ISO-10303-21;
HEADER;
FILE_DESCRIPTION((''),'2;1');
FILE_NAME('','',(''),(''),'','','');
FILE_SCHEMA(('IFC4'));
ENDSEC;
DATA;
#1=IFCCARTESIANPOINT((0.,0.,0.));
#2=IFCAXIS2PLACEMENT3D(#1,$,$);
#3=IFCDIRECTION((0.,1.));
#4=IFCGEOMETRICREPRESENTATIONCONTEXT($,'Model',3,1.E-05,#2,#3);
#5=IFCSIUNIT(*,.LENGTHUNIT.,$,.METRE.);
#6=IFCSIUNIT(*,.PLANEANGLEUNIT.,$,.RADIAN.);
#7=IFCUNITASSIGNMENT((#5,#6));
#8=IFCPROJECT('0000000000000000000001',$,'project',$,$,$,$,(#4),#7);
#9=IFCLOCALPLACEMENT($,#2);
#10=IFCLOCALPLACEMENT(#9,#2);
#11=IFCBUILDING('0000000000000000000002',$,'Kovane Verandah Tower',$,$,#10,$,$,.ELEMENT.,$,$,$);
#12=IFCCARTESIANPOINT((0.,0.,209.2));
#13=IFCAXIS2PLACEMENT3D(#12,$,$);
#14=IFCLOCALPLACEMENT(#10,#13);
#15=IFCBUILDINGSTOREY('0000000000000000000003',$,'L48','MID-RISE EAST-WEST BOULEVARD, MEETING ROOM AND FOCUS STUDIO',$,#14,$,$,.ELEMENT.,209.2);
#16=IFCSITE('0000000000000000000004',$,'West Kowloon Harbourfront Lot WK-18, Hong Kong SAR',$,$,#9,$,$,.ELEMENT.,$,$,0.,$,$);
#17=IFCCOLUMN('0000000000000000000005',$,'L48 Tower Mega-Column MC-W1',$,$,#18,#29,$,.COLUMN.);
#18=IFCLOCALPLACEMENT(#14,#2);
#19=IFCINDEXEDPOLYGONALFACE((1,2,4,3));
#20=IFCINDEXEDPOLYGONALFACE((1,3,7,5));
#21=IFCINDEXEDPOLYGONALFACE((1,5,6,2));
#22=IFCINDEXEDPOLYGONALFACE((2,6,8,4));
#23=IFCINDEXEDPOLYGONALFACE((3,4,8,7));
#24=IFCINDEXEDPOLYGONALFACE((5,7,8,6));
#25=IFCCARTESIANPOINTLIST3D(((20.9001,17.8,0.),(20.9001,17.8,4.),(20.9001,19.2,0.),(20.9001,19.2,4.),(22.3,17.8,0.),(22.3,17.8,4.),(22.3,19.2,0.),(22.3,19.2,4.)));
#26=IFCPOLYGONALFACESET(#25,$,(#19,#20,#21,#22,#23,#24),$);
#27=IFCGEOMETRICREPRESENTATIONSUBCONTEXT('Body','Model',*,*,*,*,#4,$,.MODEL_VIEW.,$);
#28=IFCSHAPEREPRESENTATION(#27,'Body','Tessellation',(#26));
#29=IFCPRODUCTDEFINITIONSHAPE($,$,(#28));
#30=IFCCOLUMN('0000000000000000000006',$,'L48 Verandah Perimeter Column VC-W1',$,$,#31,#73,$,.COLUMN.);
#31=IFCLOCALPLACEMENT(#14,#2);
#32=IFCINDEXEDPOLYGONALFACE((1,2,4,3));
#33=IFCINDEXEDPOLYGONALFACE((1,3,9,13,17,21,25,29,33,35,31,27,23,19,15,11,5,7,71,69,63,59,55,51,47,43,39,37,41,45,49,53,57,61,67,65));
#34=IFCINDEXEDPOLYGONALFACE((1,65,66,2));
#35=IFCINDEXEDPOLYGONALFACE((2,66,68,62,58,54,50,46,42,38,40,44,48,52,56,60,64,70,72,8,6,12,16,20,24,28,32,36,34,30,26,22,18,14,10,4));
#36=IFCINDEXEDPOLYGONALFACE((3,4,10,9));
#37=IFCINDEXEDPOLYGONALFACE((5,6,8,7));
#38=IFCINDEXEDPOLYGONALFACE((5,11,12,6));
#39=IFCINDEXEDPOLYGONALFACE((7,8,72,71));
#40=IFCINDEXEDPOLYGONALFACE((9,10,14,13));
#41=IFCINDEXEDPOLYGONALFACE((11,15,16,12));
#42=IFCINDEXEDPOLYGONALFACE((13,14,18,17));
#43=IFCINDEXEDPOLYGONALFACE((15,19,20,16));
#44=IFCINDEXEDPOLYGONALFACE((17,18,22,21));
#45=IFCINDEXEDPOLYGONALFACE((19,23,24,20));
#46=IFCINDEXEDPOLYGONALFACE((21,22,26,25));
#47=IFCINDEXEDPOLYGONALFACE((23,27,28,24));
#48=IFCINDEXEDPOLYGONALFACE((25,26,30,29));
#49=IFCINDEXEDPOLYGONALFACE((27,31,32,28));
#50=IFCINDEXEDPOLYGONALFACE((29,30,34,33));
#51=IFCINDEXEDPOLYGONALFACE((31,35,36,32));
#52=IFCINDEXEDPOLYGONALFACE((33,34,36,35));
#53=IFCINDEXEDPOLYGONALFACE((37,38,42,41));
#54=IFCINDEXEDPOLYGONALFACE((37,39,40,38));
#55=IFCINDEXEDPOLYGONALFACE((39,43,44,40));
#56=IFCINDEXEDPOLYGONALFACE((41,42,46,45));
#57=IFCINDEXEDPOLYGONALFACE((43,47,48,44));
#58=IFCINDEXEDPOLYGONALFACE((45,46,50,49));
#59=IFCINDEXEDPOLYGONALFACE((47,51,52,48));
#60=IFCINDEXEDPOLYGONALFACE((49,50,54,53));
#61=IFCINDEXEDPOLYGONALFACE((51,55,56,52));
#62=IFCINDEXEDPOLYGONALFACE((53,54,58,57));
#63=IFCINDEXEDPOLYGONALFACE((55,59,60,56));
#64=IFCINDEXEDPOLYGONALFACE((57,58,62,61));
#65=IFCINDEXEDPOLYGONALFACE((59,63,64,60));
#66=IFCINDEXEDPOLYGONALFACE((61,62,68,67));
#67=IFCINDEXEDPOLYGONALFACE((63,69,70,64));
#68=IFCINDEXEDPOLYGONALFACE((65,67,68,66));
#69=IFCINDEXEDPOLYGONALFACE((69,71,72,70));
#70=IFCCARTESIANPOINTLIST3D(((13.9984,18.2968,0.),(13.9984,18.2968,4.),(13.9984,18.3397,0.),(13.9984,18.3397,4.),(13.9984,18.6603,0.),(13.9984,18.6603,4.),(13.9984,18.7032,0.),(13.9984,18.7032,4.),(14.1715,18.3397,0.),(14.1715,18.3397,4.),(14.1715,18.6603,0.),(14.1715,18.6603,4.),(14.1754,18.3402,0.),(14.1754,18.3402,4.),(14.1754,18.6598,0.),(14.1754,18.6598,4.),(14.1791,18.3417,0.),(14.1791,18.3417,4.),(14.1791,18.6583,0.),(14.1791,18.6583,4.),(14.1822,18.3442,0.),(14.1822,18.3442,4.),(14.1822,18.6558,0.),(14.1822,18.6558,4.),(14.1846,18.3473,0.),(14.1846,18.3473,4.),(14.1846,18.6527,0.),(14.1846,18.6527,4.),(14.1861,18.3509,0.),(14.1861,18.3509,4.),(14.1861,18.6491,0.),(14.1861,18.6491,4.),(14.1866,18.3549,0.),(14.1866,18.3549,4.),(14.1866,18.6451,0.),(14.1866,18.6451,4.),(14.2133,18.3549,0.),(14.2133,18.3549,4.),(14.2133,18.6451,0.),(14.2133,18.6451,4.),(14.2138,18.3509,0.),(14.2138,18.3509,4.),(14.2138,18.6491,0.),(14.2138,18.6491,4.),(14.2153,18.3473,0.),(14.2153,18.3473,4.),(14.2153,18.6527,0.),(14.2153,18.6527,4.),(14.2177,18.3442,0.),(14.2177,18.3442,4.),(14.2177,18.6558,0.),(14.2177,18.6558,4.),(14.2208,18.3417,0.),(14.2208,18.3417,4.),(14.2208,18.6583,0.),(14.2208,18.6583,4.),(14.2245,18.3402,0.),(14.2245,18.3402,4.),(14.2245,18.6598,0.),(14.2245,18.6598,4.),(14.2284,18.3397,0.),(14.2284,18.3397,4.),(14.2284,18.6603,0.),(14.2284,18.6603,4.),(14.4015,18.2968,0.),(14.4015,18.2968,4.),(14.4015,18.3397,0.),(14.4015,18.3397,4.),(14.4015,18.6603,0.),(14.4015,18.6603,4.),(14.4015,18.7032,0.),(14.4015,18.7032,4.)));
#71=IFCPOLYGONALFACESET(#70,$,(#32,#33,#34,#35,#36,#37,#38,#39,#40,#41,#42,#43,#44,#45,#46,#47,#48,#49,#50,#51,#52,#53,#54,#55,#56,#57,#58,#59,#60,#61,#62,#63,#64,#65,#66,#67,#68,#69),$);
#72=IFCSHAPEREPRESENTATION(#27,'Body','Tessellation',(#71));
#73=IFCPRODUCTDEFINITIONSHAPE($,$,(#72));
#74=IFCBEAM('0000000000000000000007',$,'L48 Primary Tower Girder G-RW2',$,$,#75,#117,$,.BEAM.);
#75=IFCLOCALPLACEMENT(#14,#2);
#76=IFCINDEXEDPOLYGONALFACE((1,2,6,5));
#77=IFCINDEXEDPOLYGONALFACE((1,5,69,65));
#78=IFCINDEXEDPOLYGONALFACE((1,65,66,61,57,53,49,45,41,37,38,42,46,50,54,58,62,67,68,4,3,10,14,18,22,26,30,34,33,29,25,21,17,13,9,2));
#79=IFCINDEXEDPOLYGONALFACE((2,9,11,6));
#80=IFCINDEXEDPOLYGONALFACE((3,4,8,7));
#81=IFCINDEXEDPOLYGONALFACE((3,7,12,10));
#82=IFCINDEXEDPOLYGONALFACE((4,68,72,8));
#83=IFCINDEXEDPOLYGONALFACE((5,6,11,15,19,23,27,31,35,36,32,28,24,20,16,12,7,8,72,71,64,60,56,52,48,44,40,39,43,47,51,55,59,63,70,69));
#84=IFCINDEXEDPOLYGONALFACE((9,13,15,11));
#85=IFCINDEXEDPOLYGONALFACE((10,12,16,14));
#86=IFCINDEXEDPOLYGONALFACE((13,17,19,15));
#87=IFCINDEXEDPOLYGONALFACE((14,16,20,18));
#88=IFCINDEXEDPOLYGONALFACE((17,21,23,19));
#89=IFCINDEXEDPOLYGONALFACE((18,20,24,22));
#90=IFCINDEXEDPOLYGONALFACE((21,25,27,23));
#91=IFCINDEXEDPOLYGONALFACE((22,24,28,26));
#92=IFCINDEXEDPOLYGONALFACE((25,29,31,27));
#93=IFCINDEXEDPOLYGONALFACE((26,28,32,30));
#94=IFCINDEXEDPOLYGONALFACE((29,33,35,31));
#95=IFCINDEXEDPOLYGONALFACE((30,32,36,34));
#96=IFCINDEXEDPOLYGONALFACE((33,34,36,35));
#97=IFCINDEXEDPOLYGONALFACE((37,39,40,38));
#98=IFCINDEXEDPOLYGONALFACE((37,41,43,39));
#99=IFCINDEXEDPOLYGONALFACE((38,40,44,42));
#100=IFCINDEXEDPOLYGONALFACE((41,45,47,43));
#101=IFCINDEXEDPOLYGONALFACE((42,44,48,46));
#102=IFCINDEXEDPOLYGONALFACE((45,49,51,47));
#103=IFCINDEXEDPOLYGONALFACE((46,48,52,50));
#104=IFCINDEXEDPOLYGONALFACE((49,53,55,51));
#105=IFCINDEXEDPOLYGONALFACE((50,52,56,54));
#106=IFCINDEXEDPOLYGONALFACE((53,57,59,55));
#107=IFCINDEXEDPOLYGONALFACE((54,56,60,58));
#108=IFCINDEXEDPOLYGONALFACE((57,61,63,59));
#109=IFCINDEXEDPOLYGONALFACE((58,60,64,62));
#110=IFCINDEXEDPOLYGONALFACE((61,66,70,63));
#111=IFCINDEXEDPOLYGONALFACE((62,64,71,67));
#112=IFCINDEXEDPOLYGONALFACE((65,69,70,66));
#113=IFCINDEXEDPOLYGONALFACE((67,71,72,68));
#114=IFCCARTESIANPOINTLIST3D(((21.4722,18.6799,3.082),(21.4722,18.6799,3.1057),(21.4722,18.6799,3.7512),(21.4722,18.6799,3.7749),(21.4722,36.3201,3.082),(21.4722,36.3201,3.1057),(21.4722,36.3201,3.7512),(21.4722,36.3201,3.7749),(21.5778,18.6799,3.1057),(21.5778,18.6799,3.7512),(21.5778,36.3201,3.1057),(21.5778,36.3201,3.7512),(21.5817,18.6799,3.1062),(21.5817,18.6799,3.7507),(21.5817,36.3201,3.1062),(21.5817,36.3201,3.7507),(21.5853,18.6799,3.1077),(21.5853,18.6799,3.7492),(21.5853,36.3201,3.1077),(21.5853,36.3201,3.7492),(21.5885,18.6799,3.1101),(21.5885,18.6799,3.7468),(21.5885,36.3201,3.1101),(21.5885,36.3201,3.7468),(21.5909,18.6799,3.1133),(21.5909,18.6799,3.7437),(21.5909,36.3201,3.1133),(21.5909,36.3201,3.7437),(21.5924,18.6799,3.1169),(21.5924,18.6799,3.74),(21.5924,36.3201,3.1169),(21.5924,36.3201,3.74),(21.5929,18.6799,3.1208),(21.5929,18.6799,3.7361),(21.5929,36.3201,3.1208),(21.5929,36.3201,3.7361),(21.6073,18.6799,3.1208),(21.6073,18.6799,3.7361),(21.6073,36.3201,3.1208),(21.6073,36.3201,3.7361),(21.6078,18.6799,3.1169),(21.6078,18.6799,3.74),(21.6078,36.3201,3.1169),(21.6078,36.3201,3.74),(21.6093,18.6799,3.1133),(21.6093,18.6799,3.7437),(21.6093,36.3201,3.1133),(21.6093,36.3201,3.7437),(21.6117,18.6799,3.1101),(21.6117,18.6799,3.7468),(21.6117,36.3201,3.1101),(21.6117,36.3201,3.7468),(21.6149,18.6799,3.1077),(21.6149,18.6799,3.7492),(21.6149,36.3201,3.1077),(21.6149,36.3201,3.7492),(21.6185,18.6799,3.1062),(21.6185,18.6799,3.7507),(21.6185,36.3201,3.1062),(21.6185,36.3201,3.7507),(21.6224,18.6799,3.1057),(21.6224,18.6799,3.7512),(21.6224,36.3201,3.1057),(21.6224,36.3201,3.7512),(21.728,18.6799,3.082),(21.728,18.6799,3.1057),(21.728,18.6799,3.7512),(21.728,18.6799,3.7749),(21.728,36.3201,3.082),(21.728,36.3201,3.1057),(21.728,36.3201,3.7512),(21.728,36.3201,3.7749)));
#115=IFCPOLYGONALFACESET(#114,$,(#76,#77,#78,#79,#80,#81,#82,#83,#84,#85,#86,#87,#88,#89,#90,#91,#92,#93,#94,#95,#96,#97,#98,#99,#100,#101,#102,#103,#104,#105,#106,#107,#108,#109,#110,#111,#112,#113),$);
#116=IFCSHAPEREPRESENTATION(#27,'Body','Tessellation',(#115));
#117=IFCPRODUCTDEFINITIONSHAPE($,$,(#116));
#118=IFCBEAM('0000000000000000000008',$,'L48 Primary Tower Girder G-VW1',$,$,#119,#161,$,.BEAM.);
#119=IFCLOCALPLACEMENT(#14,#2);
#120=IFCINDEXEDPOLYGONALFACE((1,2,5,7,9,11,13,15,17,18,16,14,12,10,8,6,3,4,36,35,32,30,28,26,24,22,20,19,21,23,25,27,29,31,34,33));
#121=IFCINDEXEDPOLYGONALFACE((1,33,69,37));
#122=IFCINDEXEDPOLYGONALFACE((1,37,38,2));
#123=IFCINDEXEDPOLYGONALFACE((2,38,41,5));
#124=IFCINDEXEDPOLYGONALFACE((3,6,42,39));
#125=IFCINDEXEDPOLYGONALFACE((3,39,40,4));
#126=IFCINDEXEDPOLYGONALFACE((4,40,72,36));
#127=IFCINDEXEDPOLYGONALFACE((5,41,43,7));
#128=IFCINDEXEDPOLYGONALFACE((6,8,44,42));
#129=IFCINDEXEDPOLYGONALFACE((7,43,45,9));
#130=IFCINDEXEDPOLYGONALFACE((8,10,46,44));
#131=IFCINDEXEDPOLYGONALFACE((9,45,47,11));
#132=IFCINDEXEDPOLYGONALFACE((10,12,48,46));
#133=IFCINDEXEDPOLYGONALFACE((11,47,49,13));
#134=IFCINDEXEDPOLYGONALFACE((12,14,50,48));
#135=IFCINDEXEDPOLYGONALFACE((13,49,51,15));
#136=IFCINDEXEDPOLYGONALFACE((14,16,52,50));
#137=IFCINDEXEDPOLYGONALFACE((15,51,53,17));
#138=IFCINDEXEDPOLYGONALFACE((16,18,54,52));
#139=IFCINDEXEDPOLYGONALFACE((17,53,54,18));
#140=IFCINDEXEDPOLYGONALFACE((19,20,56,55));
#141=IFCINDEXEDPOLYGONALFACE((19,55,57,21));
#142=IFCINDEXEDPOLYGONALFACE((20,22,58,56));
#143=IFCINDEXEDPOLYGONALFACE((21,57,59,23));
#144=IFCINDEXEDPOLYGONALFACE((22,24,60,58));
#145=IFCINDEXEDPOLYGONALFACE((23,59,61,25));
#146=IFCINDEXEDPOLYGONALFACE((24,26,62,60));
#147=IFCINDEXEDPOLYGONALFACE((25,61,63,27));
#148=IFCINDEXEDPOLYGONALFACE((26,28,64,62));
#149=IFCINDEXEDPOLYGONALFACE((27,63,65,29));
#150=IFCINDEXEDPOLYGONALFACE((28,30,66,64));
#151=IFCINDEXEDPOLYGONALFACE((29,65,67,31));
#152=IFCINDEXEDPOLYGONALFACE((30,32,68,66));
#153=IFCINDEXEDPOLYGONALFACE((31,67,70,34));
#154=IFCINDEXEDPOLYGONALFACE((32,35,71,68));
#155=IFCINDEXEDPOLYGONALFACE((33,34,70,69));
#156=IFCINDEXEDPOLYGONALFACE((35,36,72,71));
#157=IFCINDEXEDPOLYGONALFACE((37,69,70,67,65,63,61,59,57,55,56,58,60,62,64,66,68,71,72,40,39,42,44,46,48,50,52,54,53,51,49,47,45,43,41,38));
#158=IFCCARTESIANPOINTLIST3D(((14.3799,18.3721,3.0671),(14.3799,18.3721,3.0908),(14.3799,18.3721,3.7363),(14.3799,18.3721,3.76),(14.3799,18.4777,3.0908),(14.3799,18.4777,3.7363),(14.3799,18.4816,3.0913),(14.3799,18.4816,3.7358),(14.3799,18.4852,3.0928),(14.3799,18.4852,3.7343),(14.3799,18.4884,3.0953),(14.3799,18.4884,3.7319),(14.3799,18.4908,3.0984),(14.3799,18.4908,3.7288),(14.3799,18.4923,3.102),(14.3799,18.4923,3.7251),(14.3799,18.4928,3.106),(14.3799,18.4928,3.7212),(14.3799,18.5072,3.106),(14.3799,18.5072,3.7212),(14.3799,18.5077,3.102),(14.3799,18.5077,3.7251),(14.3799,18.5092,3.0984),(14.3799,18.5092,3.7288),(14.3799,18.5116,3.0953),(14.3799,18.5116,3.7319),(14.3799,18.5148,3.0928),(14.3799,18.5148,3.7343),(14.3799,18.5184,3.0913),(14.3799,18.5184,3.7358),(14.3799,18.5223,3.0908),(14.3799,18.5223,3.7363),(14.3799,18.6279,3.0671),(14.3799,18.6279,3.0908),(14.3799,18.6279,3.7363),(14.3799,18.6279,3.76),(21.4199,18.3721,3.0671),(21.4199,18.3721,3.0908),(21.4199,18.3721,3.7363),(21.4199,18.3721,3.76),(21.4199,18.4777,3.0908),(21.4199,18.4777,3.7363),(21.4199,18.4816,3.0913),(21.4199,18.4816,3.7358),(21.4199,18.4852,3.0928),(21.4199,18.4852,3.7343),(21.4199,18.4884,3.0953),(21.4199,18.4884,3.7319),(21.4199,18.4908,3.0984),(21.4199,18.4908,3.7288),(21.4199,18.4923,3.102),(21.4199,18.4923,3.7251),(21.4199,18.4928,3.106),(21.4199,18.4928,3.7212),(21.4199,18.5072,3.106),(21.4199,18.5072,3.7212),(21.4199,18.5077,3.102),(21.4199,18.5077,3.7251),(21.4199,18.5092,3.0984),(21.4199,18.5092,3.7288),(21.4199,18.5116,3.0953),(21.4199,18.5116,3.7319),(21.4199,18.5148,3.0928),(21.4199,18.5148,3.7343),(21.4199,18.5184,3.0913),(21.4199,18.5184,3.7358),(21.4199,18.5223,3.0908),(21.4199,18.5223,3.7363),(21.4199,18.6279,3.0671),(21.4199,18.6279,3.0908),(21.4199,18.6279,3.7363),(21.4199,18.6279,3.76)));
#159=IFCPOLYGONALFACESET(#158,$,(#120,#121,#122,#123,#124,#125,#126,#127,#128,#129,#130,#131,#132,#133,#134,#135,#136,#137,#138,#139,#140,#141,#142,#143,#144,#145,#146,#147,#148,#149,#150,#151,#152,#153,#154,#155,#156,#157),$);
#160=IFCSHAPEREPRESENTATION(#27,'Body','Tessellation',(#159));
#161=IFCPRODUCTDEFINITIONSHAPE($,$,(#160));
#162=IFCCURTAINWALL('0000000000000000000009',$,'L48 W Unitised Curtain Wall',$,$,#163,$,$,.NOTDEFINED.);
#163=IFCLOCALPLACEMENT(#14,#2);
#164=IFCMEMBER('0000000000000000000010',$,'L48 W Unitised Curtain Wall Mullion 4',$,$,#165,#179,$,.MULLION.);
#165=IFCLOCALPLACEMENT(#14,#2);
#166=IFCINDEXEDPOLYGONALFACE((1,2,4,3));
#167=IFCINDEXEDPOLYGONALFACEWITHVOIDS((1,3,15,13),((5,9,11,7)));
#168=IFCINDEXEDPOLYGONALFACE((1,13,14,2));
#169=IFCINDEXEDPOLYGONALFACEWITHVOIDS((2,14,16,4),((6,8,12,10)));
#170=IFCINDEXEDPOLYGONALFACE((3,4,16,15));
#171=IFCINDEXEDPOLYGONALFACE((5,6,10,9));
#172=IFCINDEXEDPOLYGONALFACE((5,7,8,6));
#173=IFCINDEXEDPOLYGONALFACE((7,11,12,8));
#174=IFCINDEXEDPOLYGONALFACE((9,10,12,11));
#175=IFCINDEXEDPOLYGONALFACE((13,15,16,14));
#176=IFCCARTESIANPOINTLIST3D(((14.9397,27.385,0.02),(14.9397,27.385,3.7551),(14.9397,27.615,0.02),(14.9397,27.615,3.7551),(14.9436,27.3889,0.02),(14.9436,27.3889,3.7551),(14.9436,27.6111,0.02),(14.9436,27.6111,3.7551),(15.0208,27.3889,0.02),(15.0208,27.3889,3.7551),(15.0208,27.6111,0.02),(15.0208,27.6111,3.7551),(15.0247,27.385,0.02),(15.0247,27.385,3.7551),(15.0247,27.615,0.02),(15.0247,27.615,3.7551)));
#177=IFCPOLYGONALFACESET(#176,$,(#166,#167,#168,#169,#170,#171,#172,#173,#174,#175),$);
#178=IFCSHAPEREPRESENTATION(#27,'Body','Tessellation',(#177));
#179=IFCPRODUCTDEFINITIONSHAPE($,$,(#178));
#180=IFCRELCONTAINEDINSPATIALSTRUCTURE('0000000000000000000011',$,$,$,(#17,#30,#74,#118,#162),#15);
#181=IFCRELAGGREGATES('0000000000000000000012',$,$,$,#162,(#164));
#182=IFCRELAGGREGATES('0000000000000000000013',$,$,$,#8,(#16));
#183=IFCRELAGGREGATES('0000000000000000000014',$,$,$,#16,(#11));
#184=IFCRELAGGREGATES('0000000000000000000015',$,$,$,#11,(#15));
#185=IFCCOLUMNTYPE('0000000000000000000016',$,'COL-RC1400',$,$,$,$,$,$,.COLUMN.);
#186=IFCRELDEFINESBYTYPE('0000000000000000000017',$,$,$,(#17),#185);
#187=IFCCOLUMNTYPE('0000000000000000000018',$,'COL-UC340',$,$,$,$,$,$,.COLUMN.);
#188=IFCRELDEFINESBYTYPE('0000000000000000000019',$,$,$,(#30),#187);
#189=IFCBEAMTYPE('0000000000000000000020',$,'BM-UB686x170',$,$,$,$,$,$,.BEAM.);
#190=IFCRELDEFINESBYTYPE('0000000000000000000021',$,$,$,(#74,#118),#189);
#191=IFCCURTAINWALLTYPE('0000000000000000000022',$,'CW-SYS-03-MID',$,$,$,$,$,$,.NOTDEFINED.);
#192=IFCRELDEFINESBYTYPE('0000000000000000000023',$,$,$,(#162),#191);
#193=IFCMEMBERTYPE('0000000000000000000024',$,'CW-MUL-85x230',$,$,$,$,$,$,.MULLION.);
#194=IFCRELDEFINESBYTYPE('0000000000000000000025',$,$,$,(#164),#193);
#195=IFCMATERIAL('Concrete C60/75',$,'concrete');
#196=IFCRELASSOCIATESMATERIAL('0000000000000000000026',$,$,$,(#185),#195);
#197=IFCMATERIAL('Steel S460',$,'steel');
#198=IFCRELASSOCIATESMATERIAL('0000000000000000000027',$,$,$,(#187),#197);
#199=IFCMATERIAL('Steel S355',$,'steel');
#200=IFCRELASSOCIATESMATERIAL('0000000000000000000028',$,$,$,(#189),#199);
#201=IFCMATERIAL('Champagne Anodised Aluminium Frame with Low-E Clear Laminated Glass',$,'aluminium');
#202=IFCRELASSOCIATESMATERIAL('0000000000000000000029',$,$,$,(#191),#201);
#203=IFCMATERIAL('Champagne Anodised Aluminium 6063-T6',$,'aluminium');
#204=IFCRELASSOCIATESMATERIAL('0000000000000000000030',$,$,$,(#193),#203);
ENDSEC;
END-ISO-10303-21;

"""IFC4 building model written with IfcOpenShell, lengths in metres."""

from ifc_helpers import new_model, si_unit, direction, frame, origin, origin_2d, place, context, subcontext, project, spatial, rectangle, hollow_rectangle, i_section, extrude, material, material_profile, profile_set, type_object, element, aggregate, save


model = new_model("IFC4")

# Units and contexts
model_context = context("Model", 3, precision=1e-05, world=origin(), true_north=direction((0.0, 1.0)))
body_context = subcontext(model_context, "Body", "Model", "MODEL_VIEW")
ifc_project = project(units=[si_unit("LENGTHUNIT", "METRE"), si_unit("PLANEANGLEUNIT", "RADIAN")], contexts=[model_context])

# Site, building, storey
site_placement = place(None, origin())
site = spatial("IfcSite", under=ifc_project, at=site_placement, Name="West Kowloon Harbourfront Lot WK-18, Hong Kong SAR", CompositionType="ELEMENT", RefElevation=0.0)
building_placement = place(site_placement, origin())
building = spatial("IfcBuilding", under=site, at=building_placement, Name="Kovane Verandah Tower", CompositionType="ELEMENT")
storey_placement = place(building_placement, frame((0.0, 0.0, 209.2)))
storey = spatial("IfcBuildingStorey", under=building, at=storey_placement, Name="L48", Description="MID-RISE EAST-WEST BOULEVARD, MEETING ROOM AND FOCUS STUDIO", CompositionType="ELEMENT", Elevation=209.2)

# Columns
ifc_material_1 = material(Name="Concrete C60/75", Category="concrete")
ifc_material_profile_1 = material_profile(ifc_material_1, rectangle(XDim=1.3999, YDim=1.3999, at=origin_2d()), Name="RC1400x1400")
ifc_profile_set_1 = profile_set([ifc_material_profile_1], Name="Concrete C60/75")
column_type_1 = type_object("IfcColumnType", Name="COL-RC1400", PredefinedType="COLUMN", material=ifc_profile_set_1)
column_1_placement = place(storey_placement, frame((21.6001, 18.5, 0.0), z_axis=(0.0, 0.0, 1.0), x_axis=(1.0, 0.0, 0.0)))
element("IfcColumn", 1, at=column_1_placement, inside=storey, type_object=column_type_1, Name="L48 Tower Mega-Column MC-W1", PredefinedType="COLUMN", context=body_context, shape_type="SweptSolid", body=[
    extrude(rectangle(XDim=1.3999, YDim=1.3999, at=origin_2d()), origin(), (0.0, 0.0, 1.0), 4.0),
])
ifc_material_2 = material(Name="Steel S460", Category="steel")
ifc_material_profile_2 = material_profile(ifc_material_2, i_section(OverallWidth=0.4031, OverallDepth=0.4065, WebThickness=0.0266, FlangeThickness=0.043, FilletRadius=0.0151, at=origin_2d()), Name="UC356x406x340")
ifc_profile_set_2 = profile_set([ifc_material_profile_2], Name="Steel S460")
column_type_2 = type_object("IfcColumnType", Name="COL-UC340", PredefinedType="COLUMN", material=ifc_profile_set_2)
column_2_placement = place(storey_placement, frame((14.2, 18.5, 0.0), z_axis=(0.0, 0.0, 1.0), x_axis=(1.0, 0.0, 0.0)))
element("IfcColumn", 2, at=column_2_placement, inside=storey, type_object=column_type_2, Name="L48 Verandah Perimeter Column VC-W1", PredefinedType="COLUMN", context=body_context, shape_type="SweptSolid", body=[
    extrude(i_section(OverallWidth=0.4031, OverallDepth=0.4065, WebThickness=0.0266, FlangeThickness=0.043, FilletRadius=0.0151, at=origin_2d()), origin(), (0.0, 0.0, 1.0), 4.0),
])

# Beams
ifc_material_3 = material(Name="Steel S355", Category="steel")
ifc_material_profile_3 = material_profile(ifc_material_3, i_section(OverallWidth=0.2559, OverallDepth=0.6929, WebThickness=0.0144, FlangeThickness=0.0237, FilletRadius=0.0151, at=origin_2d()), Name="UB686x254x170")
ifc_profile_set_3 = profile_set([ifc_material_profile_3], Name="Steel S355")
beam_type_1 = type_object("IfcBeamType", Name="BM-UB686x170", PredefinedType="BEAM", material=ifc_profile_set_3)
beam_1_placement = place(storey_placement, frame((21.6001, 18.6799, 3.4285), z_axis=(0.0, 1.0, 0.0), x_axis=(-1.0, 0.0, 0.0)))
element("IfcBeam", 3, at=beam_1_placement, inside=storey, type_object=beam_type_1, Name="L48 Primary Tower Girder G-RW2", PredefinedType="BEAM", context=body_context, shape_type="SweptSolid", body=[
    extrude(i_section(OverallWidth=0.2559, OverallDepth=0.6929, WebThickness=0.0144, FlangeThickness=0.0237, FilletRadius=0.0151, at=origin_2d()), origin(), (0.0, 0.0, 1.0), 17.6401),
])
beam_2_placement = place(storey_placement, frame((21.4199, 18.5, 3.4136), z_axis=(-1.0, 0.0, 0.0), x_axis=(0.0, -1.0, 0.0)))
element("IfcBeam", 4, at=beam_2_placement, inside=storey, type_object=beam_type_1, Name="L48 Primary Tower Girder G-VW1", PredefinedType="BEAM", context=body_context, shape_type="SweptSolid", body=[
    extrude(i_section(OverallWidth=0.2559, OverallDepth=0.6929, WebThickness=0.0144, FlangeThickness=0.0237, FilletRadius=0.0151, at=origin_2d()), origin(), (0.0, 0.0, 1.0), 7.04),
])

# Curtain wall, member
ifc_material_4 = material(Name="Champagne Anodised Aluminium Frame with Low-E Clear Laminated Glass", Category="aluminium")
curtain_wall_type = type_object("IfcCurtainWallType", Name="CW-SYS-03-MID", PredefinedType="NOTDEFINED", material=ifc_material_4)
curtain_wall_placement = place(storey_placement, origin())
curtain_wall = element("IfcCurtainWall", 5, at=curtain_wall_placement, inside=storey, type_object=curtain_wall_type, Name="L48 W Unitised Curtain Wall", PredefinedType="NOTDEFINED")
ifc_material_5 = material(Name="Champagne Anodised Aluminium 6063-T6", Category="aluminium")
ifc_material_profile_4 = material_profile(ifc_material_5, hollow_rectangle(XDim=0.085, YDim=0.23, WallThickness=0.0039, at=origin_2d()), Name="AL85x230x4")
ifc_profile_set_4 = profile_set([ifc_material_profile_4], Name="Champagne Anodised Aluminium 6063-T6")
member_type_1 = type_object("IfcMemberType", Name="CW-MUL-85x230", PredefinedType="MULLION", material=ifc_profile_set_4)
member_1_placement = place(storey_placement, frame((14.9822, 27.5, 0.02), z_axis=(0.0, 0.0, 1.0), x_axis=(-1.0, 0.0, 0.0)))
member_1 = element("IfcMember", 6, at=member_1_placement, type_object=member_type_1, Name="L48 W Unitised Curtain Wall Mullion 4", PredefinedType="MULLION", context=body_context, shape_type="SweptSolid", body=[
    extrude(hollow_rectangle(XDim=0.085, YDim=0.23, WallThickness=0.0039, at=origin_2d()), origin(), (0.0, 0.0, 1.0), 3.7351),
])

aggregate(curtain_wall, [member_1])

save(model, "model.ifc")
